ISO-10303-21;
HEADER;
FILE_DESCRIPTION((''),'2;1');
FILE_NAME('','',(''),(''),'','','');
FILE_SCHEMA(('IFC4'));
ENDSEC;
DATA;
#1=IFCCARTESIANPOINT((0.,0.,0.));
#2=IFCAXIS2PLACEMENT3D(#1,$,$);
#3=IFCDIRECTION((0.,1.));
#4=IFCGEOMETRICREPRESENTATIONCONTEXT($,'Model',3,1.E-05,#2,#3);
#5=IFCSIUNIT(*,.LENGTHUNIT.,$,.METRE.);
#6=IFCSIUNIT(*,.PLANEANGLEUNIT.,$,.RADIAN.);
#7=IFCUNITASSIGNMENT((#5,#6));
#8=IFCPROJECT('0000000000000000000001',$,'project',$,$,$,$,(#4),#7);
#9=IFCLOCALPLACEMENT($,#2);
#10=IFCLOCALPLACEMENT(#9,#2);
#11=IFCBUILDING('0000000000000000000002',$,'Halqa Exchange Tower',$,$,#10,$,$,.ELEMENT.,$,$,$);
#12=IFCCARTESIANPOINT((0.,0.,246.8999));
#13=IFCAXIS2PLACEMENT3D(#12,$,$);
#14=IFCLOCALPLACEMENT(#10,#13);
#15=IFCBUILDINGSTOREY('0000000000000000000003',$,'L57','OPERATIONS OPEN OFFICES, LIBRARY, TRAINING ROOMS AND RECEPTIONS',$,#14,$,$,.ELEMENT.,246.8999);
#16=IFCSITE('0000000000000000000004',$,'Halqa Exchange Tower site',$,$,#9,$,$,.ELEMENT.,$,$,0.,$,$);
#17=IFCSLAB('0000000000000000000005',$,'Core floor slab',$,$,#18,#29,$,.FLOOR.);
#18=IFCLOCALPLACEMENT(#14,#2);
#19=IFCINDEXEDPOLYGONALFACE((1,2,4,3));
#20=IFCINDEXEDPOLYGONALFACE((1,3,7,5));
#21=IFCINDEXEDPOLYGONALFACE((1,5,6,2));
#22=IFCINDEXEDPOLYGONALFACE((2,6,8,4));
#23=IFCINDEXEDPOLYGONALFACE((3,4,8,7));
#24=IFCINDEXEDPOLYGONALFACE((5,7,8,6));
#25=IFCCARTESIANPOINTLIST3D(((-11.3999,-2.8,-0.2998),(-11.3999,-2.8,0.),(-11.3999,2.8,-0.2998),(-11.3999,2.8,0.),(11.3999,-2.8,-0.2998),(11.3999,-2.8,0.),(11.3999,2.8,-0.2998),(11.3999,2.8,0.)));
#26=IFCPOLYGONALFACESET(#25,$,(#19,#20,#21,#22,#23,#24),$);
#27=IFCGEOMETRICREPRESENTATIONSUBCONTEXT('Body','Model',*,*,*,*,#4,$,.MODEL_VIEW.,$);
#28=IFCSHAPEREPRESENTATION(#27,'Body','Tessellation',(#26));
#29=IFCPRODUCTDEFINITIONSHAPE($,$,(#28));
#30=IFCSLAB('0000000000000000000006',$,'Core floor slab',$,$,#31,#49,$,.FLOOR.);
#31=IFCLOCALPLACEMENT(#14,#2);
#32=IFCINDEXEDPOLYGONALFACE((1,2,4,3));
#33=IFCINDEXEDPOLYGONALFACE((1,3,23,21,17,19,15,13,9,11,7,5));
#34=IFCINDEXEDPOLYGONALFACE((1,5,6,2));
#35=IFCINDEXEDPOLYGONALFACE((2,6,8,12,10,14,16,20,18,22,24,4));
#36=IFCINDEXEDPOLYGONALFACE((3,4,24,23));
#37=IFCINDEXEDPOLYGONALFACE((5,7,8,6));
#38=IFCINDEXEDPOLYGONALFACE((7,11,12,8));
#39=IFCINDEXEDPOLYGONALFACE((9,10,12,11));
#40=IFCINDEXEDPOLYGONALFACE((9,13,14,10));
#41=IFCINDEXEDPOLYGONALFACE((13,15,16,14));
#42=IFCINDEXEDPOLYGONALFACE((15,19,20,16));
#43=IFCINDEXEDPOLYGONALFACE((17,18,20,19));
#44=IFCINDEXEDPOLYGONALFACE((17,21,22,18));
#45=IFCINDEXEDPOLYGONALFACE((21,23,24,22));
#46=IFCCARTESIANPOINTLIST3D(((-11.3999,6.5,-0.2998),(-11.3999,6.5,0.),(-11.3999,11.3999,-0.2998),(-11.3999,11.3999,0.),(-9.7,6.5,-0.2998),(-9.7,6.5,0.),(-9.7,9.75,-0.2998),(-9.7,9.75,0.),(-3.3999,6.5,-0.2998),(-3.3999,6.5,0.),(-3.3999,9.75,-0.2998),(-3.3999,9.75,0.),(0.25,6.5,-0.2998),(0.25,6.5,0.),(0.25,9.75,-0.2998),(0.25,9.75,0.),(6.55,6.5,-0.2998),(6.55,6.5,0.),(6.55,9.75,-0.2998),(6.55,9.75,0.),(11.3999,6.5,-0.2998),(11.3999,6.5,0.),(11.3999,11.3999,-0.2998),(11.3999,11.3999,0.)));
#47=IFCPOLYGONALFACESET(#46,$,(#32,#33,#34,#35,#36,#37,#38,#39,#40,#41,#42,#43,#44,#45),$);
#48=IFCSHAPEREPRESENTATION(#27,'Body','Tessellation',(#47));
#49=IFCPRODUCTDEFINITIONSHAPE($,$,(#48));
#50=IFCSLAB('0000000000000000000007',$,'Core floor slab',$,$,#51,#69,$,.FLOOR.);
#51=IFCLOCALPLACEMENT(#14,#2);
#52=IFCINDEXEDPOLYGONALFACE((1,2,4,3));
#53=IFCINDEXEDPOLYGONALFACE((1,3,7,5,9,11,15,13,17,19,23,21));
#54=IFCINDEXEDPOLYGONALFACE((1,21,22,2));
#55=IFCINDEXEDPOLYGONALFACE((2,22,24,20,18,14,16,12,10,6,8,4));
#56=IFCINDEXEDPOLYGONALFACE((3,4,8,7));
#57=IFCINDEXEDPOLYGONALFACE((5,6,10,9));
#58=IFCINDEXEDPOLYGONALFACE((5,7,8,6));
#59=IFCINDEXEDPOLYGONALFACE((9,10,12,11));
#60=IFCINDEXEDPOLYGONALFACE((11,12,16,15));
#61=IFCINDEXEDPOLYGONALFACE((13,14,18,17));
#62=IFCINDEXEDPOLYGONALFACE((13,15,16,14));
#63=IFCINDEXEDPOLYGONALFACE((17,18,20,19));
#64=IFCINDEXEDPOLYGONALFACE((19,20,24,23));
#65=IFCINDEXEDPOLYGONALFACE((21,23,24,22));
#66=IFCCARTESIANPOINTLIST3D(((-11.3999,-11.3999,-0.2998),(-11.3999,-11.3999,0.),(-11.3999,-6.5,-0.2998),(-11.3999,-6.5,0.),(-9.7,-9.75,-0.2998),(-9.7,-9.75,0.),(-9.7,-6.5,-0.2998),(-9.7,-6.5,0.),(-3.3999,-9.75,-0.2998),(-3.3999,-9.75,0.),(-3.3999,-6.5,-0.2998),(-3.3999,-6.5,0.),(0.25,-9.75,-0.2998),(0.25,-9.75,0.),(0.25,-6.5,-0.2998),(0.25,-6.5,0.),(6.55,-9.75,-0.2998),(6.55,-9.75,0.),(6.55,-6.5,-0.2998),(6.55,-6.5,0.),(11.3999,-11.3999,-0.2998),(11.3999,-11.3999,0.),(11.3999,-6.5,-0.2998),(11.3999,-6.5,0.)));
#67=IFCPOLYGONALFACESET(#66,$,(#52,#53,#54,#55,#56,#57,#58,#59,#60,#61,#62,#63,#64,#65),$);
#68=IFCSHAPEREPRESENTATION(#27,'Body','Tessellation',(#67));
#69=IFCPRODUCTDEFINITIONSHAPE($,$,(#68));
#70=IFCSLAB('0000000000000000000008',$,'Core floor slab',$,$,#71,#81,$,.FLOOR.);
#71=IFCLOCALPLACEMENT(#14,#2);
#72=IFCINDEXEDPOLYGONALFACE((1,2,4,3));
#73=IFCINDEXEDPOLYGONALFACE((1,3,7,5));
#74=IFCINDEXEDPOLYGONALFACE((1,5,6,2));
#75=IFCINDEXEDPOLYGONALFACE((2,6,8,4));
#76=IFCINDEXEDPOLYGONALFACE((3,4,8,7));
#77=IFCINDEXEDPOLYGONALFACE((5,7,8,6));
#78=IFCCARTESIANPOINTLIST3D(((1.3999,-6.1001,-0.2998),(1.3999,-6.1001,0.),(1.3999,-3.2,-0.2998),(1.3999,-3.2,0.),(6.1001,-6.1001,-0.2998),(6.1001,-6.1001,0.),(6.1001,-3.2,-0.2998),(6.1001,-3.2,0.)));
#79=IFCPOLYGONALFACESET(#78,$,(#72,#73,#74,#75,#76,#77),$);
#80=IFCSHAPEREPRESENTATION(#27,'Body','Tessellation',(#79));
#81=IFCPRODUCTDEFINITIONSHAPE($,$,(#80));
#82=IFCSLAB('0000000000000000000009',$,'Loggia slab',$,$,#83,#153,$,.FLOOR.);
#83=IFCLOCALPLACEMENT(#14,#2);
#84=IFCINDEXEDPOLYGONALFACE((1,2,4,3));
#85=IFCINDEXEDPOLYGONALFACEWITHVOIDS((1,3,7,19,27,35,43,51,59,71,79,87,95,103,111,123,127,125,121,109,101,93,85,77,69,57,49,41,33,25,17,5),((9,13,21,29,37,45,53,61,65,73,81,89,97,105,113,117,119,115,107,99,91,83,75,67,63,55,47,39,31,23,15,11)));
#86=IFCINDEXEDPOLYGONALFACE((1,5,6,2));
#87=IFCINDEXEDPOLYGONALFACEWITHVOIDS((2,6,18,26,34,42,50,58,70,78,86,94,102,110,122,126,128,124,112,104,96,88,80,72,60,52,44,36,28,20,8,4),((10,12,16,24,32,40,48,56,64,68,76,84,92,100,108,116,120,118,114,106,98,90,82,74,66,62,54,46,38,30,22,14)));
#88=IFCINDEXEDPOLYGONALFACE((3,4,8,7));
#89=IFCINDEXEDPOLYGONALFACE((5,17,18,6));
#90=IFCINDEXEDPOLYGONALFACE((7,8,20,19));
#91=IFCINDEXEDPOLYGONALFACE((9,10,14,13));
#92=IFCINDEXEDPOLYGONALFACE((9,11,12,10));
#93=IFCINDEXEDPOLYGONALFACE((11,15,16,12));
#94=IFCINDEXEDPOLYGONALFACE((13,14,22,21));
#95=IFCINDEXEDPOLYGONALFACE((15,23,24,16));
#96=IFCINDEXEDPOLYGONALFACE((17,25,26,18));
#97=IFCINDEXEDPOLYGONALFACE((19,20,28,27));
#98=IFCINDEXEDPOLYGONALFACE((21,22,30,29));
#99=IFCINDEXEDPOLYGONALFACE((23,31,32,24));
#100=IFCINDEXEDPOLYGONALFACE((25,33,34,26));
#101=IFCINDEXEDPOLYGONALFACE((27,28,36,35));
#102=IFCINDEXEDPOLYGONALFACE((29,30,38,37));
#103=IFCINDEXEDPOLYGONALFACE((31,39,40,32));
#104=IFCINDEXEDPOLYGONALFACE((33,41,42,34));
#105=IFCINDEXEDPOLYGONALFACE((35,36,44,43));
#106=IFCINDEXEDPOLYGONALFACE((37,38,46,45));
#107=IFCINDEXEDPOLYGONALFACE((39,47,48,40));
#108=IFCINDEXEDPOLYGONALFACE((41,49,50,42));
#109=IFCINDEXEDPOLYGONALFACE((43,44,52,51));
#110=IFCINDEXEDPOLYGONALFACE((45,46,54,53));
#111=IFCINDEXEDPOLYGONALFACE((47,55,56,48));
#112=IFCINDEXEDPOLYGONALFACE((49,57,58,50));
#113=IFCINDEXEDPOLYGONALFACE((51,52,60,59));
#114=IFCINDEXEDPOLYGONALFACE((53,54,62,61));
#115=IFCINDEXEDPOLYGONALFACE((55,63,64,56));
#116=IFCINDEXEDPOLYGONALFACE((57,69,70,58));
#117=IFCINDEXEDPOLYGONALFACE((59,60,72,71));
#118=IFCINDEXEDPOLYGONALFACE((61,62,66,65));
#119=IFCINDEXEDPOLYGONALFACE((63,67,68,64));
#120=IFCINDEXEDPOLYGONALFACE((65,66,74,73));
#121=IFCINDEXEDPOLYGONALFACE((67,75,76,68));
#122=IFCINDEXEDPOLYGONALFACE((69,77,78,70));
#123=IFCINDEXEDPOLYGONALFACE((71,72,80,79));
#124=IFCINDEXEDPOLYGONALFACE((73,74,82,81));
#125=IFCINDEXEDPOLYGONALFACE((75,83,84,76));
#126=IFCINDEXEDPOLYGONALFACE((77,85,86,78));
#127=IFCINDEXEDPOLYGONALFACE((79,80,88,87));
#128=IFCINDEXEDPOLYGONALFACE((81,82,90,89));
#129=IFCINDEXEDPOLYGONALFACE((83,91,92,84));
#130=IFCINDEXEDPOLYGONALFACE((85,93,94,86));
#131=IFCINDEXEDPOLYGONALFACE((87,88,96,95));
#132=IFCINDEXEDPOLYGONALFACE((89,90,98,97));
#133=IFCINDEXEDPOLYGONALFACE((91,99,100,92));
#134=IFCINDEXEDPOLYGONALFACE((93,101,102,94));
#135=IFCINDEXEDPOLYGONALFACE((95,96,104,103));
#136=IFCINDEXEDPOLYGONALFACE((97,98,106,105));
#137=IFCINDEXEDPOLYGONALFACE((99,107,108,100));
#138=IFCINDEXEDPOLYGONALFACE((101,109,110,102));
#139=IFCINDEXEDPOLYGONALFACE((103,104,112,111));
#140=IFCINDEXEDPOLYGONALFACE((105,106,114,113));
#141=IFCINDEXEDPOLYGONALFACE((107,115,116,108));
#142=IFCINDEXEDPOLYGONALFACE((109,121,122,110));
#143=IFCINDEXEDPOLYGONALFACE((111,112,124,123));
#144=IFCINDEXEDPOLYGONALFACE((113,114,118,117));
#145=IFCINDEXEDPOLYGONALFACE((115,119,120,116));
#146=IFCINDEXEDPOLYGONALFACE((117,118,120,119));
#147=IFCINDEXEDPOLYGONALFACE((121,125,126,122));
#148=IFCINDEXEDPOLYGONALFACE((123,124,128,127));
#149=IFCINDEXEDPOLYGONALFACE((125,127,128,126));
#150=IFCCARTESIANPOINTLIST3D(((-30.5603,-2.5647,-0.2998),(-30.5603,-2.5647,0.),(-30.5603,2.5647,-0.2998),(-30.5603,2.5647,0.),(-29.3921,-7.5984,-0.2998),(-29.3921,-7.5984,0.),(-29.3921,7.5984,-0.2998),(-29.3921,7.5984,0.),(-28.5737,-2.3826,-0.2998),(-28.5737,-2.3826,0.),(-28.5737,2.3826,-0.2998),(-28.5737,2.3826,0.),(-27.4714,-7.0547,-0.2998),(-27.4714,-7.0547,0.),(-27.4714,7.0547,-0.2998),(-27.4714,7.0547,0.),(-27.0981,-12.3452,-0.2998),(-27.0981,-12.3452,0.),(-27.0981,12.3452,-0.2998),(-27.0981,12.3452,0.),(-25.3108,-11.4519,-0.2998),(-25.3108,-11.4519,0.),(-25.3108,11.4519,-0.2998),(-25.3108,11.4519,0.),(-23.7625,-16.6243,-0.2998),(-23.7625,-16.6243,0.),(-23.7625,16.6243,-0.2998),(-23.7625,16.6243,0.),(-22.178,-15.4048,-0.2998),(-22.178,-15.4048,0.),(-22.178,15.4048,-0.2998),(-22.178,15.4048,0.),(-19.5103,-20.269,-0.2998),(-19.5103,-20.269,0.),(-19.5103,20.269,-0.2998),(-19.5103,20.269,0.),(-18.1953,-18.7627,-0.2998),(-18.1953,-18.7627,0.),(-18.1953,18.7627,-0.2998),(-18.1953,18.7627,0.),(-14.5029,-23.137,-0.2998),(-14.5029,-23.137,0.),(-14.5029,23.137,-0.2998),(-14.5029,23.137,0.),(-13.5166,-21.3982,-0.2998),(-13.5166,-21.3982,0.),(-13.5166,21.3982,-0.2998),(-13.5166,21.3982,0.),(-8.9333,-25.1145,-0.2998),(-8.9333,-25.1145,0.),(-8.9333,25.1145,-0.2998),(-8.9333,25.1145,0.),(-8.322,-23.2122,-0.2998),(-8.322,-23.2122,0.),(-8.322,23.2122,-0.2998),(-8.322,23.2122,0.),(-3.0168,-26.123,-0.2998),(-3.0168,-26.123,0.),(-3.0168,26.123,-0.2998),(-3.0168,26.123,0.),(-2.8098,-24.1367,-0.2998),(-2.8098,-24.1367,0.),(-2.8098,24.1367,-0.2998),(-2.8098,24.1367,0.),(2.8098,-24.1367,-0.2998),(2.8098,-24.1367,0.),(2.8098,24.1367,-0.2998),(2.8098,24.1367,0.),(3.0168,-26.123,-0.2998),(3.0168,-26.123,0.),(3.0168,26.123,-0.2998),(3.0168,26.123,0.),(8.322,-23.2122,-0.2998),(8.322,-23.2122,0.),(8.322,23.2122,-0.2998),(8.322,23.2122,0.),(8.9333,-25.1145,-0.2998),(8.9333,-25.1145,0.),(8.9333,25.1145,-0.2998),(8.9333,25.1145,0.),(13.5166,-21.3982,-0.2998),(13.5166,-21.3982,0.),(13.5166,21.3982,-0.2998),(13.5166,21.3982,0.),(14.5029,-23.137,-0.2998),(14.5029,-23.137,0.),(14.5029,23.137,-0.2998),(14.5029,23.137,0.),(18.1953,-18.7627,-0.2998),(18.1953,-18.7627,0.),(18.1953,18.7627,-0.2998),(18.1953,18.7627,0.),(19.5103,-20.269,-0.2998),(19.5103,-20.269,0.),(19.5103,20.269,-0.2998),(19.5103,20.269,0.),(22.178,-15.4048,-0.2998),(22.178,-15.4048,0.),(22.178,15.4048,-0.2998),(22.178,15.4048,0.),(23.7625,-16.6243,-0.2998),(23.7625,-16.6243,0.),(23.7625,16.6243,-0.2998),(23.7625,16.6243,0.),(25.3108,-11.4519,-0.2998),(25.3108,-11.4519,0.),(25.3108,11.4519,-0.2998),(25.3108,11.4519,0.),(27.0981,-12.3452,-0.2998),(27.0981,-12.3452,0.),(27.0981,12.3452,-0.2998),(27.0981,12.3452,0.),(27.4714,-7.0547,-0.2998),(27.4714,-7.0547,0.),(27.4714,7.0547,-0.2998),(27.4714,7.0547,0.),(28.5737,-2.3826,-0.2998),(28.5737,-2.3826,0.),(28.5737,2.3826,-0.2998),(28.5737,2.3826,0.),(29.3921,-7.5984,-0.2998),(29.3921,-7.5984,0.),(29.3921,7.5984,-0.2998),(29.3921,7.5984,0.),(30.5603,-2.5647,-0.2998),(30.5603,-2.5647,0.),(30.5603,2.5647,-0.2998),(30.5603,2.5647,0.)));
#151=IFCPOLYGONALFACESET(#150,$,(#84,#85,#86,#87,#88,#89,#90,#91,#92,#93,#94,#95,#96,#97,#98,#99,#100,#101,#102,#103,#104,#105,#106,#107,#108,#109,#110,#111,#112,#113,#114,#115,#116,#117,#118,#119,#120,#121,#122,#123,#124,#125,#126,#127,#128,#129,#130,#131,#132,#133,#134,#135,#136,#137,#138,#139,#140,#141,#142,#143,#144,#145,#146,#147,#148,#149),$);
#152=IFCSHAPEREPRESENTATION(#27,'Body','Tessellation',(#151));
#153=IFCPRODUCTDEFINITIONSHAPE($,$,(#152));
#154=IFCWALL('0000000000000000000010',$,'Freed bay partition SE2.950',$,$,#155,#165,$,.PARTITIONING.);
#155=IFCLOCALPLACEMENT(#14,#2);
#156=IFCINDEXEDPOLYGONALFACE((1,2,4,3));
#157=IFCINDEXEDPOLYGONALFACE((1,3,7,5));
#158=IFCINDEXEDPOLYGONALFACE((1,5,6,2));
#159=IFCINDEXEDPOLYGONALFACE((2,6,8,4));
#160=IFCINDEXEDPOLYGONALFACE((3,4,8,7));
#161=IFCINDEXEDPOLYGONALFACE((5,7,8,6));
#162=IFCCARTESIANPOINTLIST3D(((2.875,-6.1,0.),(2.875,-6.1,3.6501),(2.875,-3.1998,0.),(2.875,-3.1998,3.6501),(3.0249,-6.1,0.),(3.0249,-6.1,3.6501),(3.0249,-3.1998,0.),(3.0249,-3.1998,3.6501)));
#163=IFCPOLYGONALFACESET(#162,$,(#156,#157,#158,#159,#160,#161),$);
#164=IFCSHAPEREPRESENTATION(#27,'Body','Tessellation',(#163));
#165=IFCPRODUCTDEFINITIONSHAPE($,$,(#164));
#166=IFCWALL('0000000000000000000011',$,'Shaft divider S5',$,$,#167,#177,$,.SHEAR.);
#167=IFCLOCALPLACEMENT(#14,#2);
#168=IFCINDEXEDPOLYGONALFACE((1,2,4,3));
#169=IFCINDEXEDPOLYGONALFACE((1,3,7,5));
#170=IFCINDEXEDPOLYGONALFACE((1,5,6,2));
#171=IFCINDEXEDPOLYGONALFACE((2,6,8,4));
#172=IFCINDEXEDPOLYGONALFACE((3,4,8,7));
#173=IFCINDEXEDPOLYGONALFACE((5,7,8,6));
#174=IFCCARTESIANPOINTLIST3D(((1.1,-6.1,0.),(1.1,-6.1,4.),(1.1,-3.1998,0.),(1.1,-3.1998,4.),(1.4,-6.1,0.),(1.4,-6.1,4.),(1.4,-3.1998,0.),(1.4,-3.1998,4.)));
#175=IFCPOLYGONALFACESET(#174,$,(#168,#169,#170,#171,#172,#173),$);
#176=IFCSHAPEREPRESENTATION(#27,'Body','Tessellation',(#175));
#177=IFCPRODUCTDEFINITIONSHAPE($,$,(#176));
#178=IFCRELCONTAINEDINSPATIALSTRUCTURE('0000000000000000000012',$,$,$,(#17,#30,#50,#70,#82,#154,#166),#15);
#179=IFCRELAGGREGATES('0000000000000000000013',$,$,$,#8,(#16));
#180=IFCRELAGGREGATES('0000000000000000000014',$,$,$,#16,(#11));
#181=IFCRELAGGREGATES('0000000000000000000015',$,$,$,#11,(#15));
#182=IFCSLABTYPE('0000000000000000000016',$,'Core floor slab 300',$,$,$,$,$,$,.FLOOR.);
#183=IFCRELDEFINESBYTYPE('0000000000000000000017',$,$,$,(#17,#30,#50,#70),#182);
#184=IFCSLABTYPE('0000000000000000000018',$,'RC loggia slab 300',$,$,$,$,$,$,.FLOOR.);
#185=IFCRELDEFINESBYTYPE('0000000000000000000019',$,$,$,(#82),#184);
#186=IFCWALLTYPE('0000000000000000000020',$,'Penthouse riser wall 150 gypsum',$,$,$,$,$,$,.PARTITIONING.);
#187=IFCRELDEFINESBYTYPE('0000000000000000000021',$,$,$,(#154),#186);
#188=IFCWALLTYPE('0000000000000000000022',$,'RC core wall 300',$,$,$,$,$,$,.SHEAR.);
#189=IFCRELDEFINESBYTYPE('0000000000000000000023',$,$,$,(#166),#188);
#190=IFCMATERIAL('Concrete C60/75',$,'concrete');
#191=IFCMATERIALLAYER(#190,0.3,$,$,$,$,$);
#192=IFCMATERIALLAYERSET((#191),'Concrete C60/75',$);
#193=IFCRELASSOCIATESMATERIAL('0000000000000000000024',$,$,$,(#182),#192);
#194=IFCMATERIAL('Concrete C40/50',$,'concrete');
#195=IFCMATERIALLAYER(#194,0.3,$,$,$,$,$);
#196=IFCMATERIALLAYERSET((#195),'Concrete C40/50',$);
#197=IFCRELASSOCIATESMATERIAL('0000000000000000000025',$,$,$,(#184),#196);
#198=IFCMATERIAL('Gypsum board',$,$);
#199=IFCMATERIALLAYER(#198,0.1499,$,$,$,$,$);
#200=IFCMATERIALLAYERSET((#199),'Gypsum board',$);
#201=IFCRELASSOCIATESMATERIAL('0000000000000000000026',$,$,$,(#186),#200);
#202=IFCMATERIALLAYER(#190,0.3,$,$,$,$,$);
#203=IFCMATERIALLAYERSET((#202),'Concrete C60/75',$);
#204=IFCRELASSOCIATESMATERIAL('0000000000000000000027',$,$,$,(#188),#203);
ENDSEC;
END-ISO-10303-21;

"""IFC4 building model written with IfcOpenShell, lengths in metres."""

from ifc_helpers import new_model, si_unit, direction, frame, frame_2d, origin, place, context, subcontext, project, spatial, polyline, rectangle, outline, extrude, material, layer, layer_set, type_object, element, save


model = new_model("IFC4")

# Units and contexts
model_context = context("Model", 3, precision=1e-05, world=origin(), true_north=direction((0.0, 1.0)))
body_context = subcontext(model_context, "Body", "Model", "MODEL_VIEW")
ifc_project = project(units=[si_unit("LENGTHUNIT", "METRE"), si_unit("PLANEANGLEUNIT", "RADIAN")], contexts=[model_context])

# Site, building, storey
site_placement = place(None, origin())
site = spatial("IfcSite", under=ifc_project, at=site_placement, Name="Halqa Exchange Tower site", CompositionType="ELEMENT", RefElevation=0.0)
building_placement = place(site_placement, origin())
building = spatial("IfcBuilding", under=site, at=building_placement, Name="Halqa Exchange Tower", CompositionType="ELEMENT")
storey_placement = place(building_placement, frame((0.0, 0.0, 246.8999)))
storey = spatial("IfcBuildingStorey", under=building, at=storey_placement, Name="L57", Description="OPERATIONS OPEN OFFICES, LIBRARY, TRAINING ROOMS AND RECEPTIONS", CompositionType="ELEMENT", Elevation=246.8999)

# Slabs
ifc_material_1 = material(Name="Concrete C60/75", Category="concrete")
ifc_layer_1 = layer(ifc_material_1, 0.3)
ifc_layer_set_1 = layer_set([ifc_layer_1], Name="Concrete C60/75")
slab_type_1 = type_object("IfcSlabType", Name="Core floor slab 300", PredefinedType="FLOOR", material=ifc_layer_set_1)
slab_1_placement = place(storey_placement, frame((0.0, 0.0, -0.2998)))
element("IfcSlab", 1, at=slab_1_placement, inside=storey, type_object=slab_type_1, Name="Core floor slab", PredefinedType="FLOOR", context=body_context, shape_type="SweptSolid", body=[
    extrude(outline(polyline([(-11.3999, 2.8), (11.3999, 2.8), (11.3999, -2.8), (-11.3999, -2.8), (-11.3999, 2.8)])), origin(), (0.0, 0.0, 1.0), 0.2998),
])
slab_2_placement = place(storey_placement, frame((0.0, 0.0, -0.2998)))
element("IfcSlab", 2, at=slab_2_placement, inside=storey, type_object=slab_type_1, Name="Core floor slab", PredefinedType="FLOOR", context=body_context, shape_type="SweptSolid", body=[
    extrude(outline(polyline([(-11.3999, 11.3999), (11.3999, 11.3999), (11.3999, 6.5), (6.55, 6.5), (6.55, 9.75), (0.25, 9.75), (0.25, 6.5), (-3.3999, 6.5), (-3.3999, 9.75), (-9.7, 9.75), (-9.7, 6.5), (-11.3999, 6.5), (-11.3999, 11.3999)])), origin(), (0.0, 0.0, 1.0), 0.2998),
])
slab_3_placement = place(storey_placement, frame((0.0, 0.0, -0.2998)))
element("IfcSlab", 3, at=slab_3_placement, inside=storey, type_object=slab_type_1, Name="Core floor slab", PredefinedType="FLOOR", context=body_context, shape_type="SweptSolid", body=[
    extrude(outline(polyline([(-9.7, -9.75), (-3.3999, -9.75), (-3.3999, -6.5), (0.25, -6.5), (0.25, -9.75), (6.55, -9.75), (6.55, -6.5), (11.3999, -6.5), (11.3999, -11.3999), (-11.3999, -11.3999), (-11.3999, -6.5), (-9.7, -6.5), (-9.7, -9.75)])), origin(), (0.0, 0.0, 1.0), 0.2998),
])
slab_4_placement = place(storey_placement, frame((0.0, 0.0, -0.2998)))
element("IfcSlab", 4, at=slab_4_placement, inside=storey, type_object=slab_type_1, Name="Core floor slab", PredefinedType="FLOOR", context=body_context, shape_type="SweptSolid", body=[
    extrude(outline(polyline([(6.1001, -3.2), (6.1001, -6.1001), (1.3999, -6.1001), (1.3999, -3.2), (6.1001, -3.2)])), origin(), (0.0, 0.0, 1.0), 0.2998),
])
ifc_material_2 = material(Name="Concrete C40/50", Category="concrete")
ifc_layer_2 = layer(ifc_material_2, 0.3)
ifc_layer_set_2 = layer_set([ifc_layer_2], Name="Concrete C40/50")
slab_type_2 = type_object("IfcSlabType", Name="RC loggia slab 300", PredefinedType="FLOOR", material=ifc_layer_set_2)
slab_5_placement = place(storey_placement, frame((0.0, 0.0, -0.2998)))
element("IfcSlab", 5, at=slab_5_placement, inside=storey, type_object=slab_type_2, Name="Loggia slab", PredefinedType="FLOOR", context=body_context, shape_type="SweptSolid", body=[
    extrude(outline(polyline([(30.5603, 2.5647), (30.5603, -2.5647), (29.3921, -7.5984), (27.0981, -12.3452), (23.7625, -16.6243), (19.5103, -20.269), (14.5029, -23.137), (8.9333, -25.1145), (3.0168, -26.123), (-3.0168, -26.123), (-8.9333, -25.1145), (-14.5029, -23.137), (-19.5103, -20.269), (-23.7625, -16.6243), (-27.0981, -12.3452), (-29.3921, -7.5984), (-30.5603, -2.5647), (-30.5603, 2.5647), (-29.3921, 7.5984), (-27.0981, 12.3452), (-23.7625, 16.6243), (-19.5103, 20.269), (-14.5029, 23.137), (-8.9333, 25.1145), (-3.0168, 26.123), (3.0168, 26.123), (8.9333, 25.1145), (14.5029, 23.137), (19.5103, 20.269), (23.7625, 16.6243), (27.0981, 12.3452), (29.3921, 7.5984), (30.5603, 2.5647)]), holes=[polyline([(28.5737, 2.3826), (27.4714, 7.0547), (25.3108, 11.4519), (22.178, 15.4048), (18.1953, 18.7627), (13.5166, 21.3982), (8.322, 23.2122), (2.8098, 24.1367), (-2.8098, 24.1367), (-8.322, 23.2122), (-13.5166, 21.3982), (-18.1953, 18.7627), (-22.178, 15.4048), (-25.3108, 11.4519), (-27.4714, 7.0547), (-28.5737, 2.3826), (-28.5737, -2.3826), (-27.4714, -7.0547), (-25.3108, -11.4519), (-22.178, -15.4048), (-18.1953, -18.7627), (-13.5166, -21.3982), (-8.322, -23.2122), (-2.8098, -24.1367), (2.8098, -24.1367), (8.322, -23.2122), (13.5166, -21.3982), (18.1953, -18.7627), (22.178, -15.4048), (25.3108, -11.4519), (27.4714, -7.0547), (28.5737, -2.3826), (28.5737, 2.3826)])]), origin(), (0.0, 0.0, 1.0), 0.2998),
])

# Walls
ifc_material_3 = material(Name="Gypsum board")
ifc_layer_3 = layer(ifc_material_3, 0.1499)
ifc_layer_set_3 = layer_set([ifc_layer_3], Name="Gypsum board")
wall_type_1 = type_object("IfcWallType", Name="Penthouse riser wall 150 gypsum", PredefinedType="PARTITIONING", material=ifc_layer_set_3)
wall_1_placement = place(storey_placement, frame((2.95, -6.1001, 0.0), z_axis=(0.0, 0.0, 1.0), x_axis=(0.0, 1.0, 0.0)))
element("IfcWall", 6, at=wall_1_placement, inside=storey, type_object=wall_type_1, Name="Freed bay partition SE2.950", PredefinedType="PARTITIONING", context=body_context, shape_type="SweptSolid", body=[
    extrude(rectangle(XDim=2.9001, YDim=0.1499, at=frame_2d((1.4502, 0.0))), origin(), (0.0, 0.0, 1.0), 3.6501),
])
ifc_layer_4 = layer(ifc_material_1, 0.3)
ifc_layer_set_4 = layer_set([ifc_layer_4], Name="Concrete C60/75")
wall_type_2 = type_object("IfcWallType", Name="RC core wall 300", PredefinedType="SHEAR", material=ifc_layer_set_4)
for number, where, z_axis, x_axis, name in (
    (7, (1.25, -6.1001, 0.0), (0.0, 0.0, 1.0), (0.0, 1.0, 0.0), "Shaft divider S5"),
):
    element("IfcWall", number, at=place(storey_placement, frame(where, z_axis=z_axis, x_axis=x_axis)), inside=storey, type_object=wall_type_2, Name=name, PredefinedType="SHEAR", context=body_context, shape_type="SweptSolid", body=[
        extrude(rectangle(XDim=2.9001, YDim=0.3, at=frame_2d((1.4502, 0.0))), origin(), (0.0, 0.0, 1.0), 4.0),
    ])

save(model, "model.ifc")
